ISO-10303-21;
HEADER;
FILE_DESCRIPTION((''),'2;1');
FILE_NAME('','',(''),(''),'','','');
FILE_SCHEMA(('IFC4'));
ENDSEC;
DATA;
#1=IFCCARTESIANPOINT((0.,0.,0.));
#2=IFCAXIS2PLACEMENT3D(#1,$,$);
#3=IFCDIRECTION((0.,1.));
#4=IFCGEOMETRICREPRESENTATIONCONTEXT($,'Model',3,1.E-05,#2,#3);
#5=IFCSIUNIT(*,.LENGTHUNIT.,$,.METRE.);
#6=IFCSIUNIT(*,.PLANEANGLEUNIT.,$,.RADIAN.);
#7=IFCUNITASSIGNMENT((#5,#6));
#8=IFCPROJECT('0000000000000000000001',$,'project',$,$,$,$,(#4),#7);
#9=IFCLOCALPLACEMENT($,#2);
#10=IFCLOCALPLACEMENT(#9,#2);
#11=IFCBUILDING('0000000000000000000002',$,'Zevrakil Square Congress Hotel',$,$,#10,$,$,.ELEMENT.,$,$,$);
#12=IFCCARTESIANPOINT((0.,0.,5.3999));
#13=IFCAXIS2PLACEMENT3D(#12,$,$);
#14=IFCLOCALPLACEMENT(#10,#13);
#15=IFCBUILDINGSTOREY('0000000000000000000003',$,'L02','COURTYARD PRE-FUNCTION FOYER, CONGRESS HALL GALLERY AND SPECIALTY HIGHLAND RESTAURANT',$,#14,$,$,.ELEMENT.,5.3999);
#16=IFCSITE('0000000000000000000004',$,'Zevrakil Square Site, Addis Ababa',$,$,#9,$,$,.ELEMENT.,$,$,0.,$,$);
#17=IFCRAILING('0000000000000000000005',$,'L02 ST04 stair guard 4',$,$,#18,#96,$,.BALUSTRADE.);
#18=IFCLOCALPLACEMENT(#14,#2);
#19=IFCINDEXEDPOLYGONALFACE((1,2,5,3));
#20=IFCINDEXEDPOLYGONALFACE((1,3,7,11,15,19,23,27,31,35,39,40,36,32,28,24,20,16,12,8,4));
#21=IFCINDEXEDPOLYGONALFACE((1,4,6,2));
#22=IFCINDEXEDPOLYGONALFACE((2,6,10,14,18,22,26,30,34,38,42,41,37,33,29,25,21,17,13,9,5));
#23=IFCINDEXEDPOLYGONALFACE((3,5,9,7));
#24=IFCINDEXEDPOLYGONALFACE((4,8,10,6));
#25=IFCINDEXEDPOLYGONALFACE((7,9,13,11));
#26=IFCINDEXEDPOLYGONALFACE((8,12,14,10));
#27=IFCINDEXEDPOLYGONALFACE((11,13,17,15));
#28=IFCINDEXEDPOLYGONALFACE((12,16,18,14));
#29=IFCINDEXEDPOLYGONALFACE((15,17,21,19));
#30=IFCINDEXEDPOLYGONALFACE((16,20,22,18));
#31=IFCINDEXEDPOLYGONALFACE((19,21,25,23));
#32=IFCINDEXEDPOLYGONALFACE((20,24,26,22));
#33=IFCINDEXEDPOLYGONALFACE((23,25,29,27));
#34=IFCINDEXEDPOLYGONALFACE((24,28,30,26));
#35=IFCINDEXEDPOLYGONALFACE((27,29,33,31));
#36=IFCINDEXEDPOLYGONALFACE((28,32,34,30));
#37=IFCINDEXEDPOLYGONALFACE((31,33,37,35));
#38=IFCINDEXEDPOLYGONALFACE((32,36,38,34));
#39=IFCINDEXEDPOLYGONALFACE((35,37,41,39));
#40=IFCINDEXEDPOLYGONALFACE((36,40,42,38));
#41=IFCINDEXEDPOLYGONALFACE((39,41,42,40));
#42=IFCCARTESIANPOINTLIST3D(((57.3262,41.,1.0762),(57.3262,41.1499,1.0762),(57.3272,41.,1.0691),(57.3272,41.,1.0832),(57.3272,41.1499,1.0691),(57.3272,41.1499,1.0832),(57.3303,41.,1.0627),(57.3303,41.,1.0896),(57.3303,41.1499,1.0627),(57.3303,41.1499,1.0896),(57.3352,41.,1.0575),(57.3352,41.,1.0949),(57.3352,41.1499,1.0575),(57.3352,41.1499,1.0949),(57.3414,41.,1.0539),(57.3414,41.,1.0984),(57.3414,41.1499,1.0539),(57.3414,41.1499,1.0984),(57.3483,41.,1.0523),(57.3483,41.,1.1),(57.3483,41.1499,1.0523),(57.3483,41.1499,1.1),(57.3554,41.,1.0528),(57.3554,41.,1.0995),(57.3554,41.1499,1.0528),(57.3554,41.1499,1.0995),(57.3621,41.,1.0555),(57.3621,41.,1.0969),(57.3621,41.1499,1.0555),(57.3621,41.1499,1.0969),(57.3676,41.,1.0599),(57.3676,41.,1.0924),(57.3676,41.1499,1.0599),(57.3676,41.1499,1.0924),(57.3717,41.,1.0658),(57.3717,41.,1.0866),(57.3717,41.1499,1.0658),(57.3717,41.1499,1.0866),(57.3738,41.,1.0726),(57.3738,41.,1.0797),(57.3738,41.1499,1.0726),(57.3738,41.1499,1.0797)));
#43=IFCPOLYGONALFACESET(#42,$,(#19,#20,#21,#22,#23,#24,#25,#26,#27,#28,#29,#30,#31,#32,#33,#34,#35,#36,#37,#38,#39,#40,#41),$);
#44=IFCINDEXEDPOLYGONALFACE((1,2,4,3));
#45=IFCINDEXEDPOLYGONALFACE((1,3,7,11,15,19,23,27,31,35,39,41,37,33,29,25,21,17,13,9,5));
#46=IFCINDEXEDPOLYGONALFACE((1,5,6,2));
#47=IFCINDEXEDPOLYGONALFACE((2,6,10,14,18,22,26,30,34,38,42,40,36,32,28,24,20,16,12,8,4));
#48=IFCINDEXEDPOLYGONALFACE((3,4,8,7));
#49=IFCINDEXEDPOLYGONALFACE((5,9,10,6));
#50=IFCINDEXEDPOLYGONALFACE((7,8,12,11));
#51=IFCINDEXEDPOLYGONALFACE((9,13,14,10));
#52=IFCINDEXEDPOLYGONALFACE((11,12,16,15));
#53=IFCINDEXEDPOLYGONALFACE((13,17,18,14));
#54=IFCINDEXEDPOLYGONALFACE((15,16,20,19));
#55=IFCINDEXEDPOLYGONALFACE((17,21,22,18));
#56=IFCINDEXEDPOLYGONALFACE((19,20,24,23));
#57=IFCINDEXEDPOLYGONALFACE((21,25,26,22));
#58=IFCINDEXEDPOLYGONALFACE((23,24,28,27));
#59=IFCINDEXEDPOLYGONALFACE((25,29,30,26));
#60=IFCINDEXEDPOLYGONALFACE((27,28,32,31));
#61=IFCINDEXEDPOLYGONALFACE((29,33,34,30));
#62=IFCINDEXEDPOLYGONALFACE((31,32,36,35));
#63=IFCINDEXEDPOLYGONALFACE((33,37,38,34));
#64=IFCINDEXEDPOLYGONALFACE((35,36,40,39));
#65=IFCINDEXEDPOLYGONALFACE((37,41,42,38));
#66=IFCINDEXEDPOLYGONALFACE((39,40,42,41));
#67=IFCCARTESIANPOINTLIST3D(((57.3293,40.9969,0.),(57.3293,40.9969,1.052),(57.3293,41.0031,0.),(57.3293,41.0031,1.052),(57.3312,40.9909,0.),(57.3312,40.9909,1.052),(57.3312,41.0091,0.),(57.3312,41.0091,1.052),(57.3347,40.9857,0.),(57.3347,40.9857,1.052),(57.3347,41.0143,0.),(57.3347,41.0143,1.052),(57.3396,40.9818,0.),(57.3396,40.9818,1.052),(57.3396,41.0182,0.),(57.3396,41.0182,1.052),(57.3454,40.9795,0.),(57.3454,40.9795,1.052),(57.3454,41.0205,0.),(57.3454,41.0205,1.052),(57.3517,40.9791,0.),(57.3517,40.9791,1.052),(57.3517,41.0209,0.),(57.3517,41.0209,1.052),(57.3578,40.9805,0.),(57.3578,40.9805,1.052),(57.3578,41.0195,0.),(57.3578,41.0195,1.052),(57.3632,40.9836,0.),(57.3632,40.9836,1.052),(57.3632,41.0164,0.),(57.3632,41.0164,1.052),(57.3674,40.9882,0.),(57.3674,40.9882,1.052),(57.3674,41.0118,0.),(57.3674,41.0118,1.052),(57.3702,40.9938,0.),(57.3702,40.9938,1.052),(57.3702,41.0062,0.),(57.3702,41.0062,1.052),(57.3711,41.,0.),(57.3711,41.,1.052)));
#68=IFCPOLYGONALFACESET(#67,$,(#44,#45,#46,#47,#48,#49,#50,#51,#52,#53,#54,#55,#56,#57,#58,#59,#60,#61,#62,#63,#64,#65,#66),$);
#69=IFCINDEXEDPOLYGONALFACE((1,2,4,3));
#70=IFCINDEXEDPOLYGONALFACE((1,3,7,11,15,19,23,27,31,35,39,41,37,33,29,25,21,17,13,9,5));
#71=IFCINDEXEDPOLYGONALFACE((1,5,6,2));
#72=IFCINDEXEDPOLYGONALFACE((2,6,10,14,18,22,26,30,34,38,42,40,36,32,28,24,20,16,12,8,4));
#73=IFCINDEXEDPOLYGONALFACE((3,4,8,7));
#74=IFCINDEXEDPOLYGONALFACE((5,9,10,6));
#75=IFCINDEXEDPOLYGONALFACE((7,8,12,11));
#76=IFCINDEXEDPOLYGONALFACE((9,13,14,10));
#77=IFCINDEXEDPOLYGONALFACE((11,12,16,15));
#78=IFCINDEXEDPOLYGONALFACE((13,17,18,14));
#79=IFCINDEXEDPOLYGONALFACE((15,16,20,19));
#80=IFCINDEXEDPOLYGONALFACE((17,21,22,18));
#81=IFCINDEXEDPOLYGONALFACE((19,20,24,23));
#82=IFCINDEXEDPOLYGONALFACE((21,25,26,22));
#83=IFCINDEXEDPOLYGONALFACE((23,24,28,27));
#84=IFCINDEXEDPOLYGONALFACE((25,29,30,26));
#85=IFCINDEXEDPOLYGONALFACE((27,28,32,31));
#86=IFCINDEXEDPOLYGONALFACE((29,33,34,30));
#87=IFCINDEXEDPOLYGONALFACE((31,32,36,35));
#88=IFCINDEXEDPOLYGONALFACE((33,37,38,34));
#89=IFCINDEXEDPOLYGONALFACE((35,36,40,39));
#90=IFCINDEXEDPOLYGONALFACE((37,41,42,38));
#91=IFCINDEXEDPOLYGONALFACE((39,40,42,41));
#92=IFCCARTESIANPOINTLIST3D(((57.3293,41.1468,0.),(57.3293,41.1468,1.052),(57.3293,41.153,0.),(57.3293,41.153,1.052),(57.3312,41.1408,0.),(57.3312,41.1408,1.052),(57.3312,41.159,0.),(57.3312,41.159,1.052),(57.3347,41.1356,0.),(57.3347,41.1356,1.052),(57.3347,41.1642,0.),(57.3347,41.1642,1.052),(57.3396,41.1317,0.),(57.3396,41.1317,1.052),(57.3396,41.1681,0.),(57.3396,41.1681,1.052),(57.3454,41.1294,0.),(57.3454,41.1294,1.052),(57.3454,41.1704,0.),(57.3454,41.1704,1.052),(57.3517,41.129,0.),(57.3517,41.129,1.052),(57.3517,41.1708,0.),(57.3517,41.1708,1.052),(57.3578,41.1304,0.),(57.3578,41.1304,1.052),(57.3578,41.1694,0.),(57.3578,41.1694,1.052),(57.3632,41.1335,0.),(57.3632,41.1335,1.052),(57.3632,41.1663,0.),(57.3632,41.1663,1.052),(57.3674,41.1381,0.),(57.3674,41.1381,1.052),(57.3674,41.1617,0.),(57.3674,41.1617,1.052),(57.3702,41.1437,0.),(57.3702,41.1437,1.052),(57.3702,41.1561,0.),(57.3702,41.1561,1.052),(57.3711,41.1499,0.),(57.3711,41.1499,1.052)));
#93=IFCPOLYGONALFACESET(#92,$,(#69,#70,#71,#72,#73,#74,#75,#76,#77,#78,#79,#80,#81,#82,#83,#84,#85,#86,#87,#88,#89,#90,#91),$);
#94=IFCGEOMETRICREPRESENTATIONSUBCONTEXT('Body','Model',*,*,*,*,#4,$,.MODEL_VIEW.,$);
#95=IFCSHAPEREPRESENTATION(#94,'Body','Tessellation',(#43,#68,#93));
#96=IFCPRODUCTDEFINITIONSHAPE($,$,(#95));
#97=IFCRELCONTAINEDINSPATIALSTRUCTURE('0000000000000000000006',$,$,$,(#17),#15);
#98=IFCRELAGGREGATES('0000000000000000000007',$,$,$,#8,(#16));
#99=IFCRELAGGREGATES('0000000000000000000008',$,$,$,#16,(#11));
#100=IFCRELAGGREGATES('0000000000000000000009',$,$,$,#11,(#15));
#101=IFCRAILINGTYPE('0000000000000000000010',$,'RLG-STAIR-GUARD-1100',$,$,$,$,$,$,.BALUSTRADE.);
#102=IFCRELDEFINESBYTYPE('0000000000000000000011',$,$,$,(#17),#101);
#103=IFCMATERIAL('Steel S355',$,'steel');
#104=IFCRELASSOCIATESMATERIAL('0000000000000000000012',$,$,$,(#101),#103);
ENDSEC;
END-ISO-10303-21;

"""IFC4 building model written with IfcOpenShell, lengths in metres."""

from ifc_helpers import new_model, si_unit, direction, frame, origin, origin_2d, place, context, subcontext, project, spatial, circle, extrude, material, type_object, element, save


model = new_model("IFC4")

# Units and contexts
model_context = context("Model", 3, precision=1e-05, world=origin(), true_north=direction((0.0, 1.0)))
body_context = subcontext(model_context, "Body", "Model", "MODEL_VIEW")
ifc_project = project(units=[si_unit("LENGTHUNIT", "METRE"), si_unit("PLANEANGLEUNIT", "RADIAN")], contexts=[model_context])

# Site, building, storey
site_placement = place(None, origin())
site = spatial("IfcSite", under=ifc_project, at=site_placement, Name="Zevrakil Square Site, Addis Ababa", CompositionType="ELEMENT", RefElevation=0.0)
building_placement = place(site_placement, origin())
building = spatial("IfcBuilding", under=site, at=building_placement, Name="Zevrakil Square Congress Hotel", CompositionType="ELEMENT")
storey_placement = place(building_placement, frame((0.0, 0.0, 5.3999)))
storey = spatial("IfcBuildingStorey", under=building, at=storey_placement, Name="L02", Description="COURTYARD PRE-FUNCTION FOYER, CONGRESS HALL GALLERY AND SPECIALTY HIGHLAND RESTAURANT", CompositionType="ELEMENT", Elevation=5.3999)

# Railing
ifc_material_1 = material(Name="Steel S355", Category="steel")
railing_type_1 = type_object("IfcRailingType", Name="RLG-STAIR-GUARD-1100", PredefinedType="BALUSTRADE", material=ifc_material_1)
railing_1_placement = place(storey_placement, frame((57.3501, 41.0, 0.0)))
element("IfcRailing", 1, at=railing_1_placement, inside=storey, type_object=railing_type_1, Name="L02 ST04 stair guard 4", PredefinedType="BALUSTRADE", context=body_context, shape_type="SweptSolid", body=[
    extrude(circle(Radius=0.0239, at=origin_2d()), frame((0.0, 0.0, 1.0762), z_axis=(0.0, 1.0, 0.0), x_axis=(-1.0, 0.0, 0.0)), (0.0, 0.0, 1.0), 0.1499),
    extrude(circle(Radius=0.021, at=origin_2d()), origin(), (0.0, 0.0, 1.0), 1.052),
    extrude(circle(Radius=0.021, at=origin_2d()), frame((0.0, 0.1499, 0.0)), (0.0, 0.0, 1.0), 1.052),
])

save(model, "model.ifc")
